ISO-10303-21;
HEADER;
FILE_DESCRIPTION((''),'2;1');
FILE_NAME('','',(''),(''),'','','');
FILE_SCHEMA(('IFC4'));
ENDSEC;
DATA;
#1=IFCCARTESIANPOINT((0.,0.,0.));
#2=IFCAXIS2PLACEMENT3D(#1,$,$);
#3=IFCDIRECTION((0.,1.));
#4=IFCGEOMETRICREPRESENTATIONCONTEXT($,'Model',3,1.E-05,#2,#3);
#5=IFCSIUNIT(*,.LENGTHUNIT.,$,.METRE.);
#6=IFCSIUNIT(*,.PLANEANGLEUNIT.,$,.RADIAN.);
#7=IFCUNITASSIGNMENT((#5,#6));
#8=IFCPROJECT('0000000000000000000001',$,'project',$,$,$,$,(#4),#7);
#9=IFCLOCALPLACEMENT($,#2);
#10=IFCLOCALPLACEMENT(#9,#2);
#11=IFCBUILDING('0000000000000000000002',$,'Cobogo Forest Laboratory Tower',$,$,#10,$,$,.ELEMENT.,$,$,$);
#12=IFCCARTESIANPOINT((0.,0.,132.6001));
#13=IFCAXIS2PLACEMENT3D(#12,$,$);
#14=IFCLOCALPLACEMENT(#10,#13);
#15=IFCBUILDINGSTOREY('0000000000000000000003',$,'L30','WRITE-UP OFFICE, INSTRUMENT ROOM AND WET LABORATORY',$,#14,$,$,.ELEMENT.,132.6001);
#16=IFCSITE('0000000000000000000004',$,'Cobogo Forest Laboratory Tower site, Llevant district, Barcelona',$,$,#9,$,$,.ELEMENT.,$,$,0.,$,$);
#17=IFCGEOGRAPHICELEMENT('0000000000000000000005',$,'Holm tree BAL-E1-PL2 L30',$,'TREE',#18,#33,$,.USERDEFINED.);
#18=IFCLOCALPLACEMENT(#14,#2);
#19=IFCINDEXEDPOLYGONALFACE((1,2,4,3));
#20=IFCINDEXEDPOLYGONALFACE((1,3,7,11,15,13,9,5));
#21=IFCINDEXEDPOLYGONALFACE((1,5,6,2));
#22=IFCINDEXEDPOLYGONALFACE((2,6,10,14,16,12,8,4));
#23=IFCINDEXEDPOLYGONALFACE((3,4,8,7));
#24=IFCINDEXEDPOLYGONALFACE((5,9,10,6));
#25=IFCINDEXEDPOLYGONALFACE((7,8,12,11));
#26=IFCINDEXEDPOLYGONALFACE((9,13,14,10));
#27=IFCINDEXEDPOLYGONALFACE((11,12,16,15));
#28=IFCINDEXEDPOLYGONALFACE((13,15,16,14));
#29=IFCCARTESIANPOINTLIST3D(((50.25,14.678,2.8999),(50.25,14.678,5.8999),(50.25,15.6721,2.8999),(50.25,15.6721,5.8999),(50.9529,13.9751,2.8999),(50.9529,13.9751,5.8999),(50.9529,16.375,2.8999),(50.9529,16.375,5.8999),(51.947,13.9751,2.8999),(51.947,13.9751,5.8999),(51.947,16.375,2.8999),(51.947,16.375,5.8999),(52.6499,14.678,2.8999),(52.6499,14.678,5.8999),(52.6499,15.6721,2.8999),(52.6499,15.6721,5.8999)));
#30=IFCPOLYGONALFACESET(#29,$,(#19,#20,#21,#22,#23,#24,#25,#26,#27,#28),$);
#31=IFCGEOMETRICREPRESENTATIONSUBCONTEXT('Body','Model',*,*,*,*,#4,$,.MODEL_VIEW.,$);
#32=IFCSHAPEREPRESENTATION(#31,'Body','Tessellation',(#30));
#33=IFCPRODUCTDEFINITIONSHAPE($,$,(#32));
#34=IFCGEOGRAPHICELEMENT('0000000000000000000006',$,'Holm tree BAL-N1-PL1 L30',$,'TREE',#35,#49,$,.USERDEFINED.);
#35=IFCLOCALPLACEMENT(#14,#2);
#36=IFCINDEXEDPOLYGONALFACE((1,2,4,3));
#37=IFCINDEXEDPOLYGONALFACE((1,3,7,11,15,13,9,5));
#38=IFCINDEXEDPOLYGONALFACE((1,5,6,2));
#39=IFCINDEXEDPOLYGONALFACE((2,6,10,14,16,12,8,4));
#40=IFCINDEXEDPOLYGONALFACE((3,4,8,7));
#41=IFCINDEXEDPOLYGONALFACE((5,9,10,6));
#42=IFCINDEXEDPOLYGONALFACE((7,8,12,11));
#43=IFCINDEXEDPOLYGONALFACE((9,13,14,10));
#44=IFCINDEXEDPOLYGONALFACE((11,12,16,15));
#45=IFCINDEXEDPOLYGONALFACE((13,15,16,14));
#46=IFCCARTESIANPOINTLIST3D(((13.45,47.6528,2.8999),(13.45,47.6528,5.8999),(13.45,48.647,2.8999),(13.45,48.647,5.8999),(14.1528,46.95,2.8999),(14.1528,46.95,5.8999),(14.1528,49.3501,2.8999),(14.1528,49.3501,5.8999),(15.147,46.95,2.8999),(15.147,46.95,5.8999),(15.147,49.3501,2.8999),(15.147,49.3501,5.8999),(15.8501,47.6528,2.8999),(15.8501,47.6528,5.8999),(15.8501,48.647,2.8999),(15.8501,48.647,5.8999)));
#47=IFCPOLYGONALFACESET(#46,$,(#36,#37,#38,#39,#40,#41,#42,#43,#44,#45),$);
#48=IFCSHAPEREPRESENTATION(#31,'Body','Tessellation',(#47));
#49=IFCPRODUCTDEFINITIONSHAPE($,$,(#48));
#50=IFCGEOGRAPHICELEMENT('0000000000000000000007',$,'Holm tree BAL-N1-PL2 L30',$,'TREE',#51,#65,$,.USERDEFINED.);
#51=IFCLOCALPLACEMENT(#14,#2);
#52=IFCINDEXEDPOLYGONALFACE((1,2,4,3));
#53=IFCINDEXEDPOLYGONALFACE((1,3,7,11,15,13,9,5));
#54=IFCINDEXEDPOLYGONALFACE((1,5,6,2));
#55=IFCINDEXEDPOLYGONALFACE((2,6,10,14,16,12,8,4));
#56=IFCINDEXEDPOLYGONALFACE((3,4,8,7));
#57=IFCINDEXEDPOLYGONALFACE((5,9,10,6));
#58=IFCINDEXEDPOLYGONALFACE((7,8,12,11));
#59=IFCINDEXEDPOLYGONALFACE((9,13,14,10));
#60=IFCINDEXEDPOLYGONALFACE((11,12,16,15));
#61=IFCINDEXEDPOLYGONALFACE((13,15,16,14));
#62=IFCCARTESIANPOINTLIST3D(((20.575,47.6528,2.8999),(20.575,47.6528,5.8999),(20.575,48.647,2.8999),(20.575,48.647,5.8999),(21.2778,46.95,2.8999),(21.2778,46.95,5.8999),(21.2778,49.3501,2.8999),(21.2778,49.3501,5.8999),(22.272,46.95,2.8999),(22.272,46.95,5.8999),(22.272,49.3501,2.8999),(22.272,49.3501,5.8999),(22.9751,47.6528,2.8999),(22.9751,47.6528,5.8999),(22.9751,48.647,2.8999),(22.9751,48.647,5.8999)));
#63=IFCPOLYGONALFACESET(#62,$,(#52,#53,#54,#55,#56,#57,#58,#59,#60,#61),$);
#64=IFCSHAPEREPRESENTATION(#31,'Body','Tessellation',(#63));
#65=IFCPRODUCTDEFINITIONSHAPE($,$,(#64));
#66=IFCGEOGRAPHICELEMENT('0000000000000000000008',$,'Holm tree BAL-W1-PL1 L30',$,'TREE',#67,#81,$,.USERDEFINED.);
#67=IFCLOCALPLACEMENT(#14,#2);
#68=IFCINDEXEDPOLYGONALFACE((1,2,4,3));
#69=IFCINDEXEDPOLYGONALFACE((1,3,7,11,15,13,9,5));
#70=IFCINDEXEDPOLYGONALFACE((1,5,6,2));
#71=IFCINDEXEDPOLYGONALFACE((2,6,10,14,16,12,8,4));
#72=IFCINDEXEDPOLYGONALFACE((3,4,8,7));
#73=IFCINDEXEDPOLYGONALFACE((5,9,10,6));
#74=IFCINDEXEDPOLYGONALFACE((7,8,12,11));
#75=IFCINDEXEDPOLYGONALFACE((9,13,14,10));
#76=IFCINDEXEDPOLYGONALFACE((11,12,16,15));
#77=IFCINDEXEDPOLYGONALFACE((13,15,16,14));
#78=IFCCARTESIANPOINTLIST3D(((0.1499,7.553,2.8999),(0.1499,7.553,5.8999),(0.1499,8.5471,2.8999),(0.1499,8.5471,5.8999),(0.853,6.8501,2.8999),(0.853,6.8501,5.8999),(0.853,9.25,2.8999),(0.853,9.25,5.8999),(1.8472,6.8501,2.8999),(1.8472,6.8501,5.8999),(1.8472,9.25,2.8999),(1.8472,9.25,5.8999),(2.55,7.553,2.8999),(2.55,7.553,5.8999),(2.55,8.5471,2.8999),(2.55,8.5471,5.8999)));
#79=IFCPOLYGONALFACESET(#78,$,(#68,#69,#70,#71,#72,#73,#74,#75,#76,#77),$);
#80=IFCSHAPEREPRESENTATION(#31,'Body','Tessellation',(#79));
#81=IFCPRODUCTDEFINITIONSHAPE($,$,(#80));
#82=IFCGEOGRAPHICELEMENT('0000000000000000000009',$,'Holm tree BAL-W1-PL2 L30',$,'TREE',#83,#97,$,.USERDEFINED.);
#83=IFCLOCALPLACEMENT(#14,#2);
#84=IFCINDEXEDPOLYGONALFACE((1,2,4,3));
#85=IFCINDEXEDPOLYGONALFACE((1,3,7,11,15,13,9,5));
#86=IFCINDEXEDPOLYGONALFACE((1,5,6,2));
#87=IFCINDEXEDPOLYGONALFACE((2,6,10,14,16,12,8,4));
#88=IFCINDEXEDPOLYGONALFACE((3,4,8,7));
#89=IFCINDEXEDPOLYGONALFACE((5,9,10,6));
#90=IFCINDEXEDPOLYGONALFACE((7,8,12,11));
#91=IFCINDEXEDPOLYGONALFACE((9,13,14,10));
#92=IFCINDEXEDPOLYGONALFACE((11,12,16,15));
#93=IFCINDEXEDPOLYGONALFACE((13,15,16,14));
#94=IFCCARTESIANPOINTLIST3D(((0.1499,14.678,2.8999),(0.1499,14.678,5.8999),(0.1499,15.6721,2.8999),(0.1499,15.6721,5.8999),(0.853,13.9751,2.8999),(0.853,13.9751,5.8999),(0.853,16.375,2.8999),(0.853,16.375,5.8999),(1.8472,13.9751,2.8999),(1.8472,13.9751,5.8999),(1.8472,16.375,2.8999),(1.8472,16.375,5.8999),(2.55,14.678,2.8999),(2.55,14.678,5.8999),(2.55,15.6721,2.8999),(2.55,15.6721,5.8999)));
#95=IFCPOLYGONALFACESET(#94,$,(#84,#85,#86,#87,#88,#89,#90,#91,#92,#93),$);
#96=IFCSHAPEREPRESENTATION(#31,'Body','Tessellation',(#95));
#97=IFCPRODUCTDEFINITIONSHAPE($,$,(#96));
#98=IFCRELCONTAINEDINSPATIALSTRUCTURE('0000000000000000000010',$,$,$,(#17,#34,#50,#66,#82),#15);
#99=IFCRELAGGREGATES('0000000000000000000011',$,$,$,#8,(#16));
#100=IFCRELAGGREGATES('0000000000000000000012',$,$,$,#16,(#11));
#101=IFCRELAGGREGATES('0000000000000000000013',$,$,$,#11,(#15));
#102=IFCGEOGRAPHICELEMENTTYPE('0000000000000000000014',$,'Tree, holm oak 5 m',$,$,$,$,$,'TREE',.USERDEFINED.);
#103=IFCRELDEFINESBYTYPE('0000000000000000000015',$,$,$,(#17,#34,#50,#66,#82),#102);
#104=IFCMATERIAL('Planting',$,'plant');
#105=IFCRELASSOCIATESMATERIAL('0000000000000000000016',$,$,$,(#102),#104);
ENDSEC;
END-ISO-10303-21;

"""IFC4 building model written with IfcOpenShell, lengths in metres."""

from ifc_helpers import new_model, si_unit, direction, frame, origin, place, context, subcontext, project, spatial, polyline, outline, extrude, material, type_object, element, save


model = new_model("IFC4")

# Units and contexts
model_context = context("Model", 3, precision=1e-05, world=origin(), true_north=direction((0.0, 1.0)))
body_context = subcontext(model_context, "Body", "Model", "MODEL_VIEW")
ifc_project = project(units=[si_unit("LENGTHUNIT", "METRE"), si_unit("PLANEANGLEUNIT", "RADIAN")], contexts=[model_context])

# Site, building, storey
site_placement = place(None, origin())
site = spatial("IfcSite", under=ifc_project, at=site_placement, Name="Cobogo Forest Laboratory Tower site, Llevant district, Barcelona", CompositionType="ELEMENT", RefElevation=0.0)
building_placement = place(site_placement, origin())
building = spatial("IfcBuilding", under=site, at=building_placement, Name="Cobogo Forest Laboratory Tower", CompositionType="ELEMENT")
storey_placement = place(building_placement, frame((0.0, 0.0, 132.6001)))
storey = spatial("IfcBuildingStorey", under=building, at=storey_placement, Name="L30", Description="WRITE-UP OFFICE, INSTRUMENT ROOM AND WET LABORATORY", CompositionType="ELEMENT", Elevation=132.6001)

# Geographic elements
ifc_material_1 = material(Name="Planting", Category="plant")
geographic_element_type = type_object("IfcGeographicElementType", Name="Tree, holm oak 5 m", ElementType="TREE", PredefinedType="USERDEFINED", material=ifc_material_1)
geographic_element_1_placement = place(storey_placement, frame((0.0, 0.0, 2.8999)))
element("IfcGeographicElement", 1, at=geographic_element_1_placement, inside=storey, type_object=geographic_element_type, Name="Holm tree BAL-E1-PL2 L30", ObjectType="TREE", PredefinedType="USERDEFINED", context=body_context, shape_type="SweptSolid", body=[
    extrude(outline(polyline([(52.6499, 14.678), (52.6499, 15.6721), (51.947, 16.375), (50.9529, 16.375), (50.25, 15.6721), (50.25, 14.678), (50.9529, 13.9751), (51.947, 13.9751), (52.6499, 14.678)])), origin(), (0.0, 0.0, 1.0), 3.0),
])
geographic_element_2_placement = place(storey_placement, frame((0.0, 0.0, 2.8999)))
element("IfcGeographicElement", 2, at=geographic_element_2_placement, inside=storey, type_object=geographic_element_type, Name="Holm tree BAL-N1-PL1 L30", ObjectType="TREE", PredefinedType="USERDEFINED", context=body_context, shape_type="SweptSolid", body=[
    extrude(outline(polyline([(15.8501, 47.6528), (15.8501, 48.647), (15.147, 49.3501), (14.1528, 49.3501), (13.45, 48.647), (13.45, 47.6528), (14.1528, 46.95), (15.147, 46.95), (15.8501, 47.6528)])), origin(), (0.0, 0.0, 1.0), 3.0),
])
geographic_element_3_placement = place(storey_placement, frame((0.0, 0.0, 2.8999)))
element("IfcGeographicElement", 3, at=geographic_element_3_placement, inside=storey, type_object=geographic_element_type, Name="Holm tree BAL-N1-PL2 L30", ObjectType="TREE", PredefinedType="USERDEFINED", context=body_context, shape_type="SweptSolid", body=[
    extrude(outline(polyline([(22.9751, 47.6528), (22.9751, 48.647), (22.272, 49.3501), (21.2778, 49.3501), (20.575, 48.647), (20.575, 47.6528), (21.2778, 46.95), (22.272, 46.95), (22.9751, 47.6528)])), origin(), (0.0, 0.0, 1.0), 3.0),
])
geographic_element_4_placement = place(storey_placement, frame((0.0, 0.0, 2.8999)))
element("IfcGeographicElement", 4, at=geographic_element_4_placement, inside=storey, type_object=geographic_element_type, Name="Holm tree BAL-W1-PL1 L30", ObjectType="TREE", PredefinedType="USERDEFINED", context=body_context, shape_type="SweptSolid", body=[
    extrude(outline(polyline([(2.55, 7.553), (2.55, 8.5471), (1.8472, 9.25), (0.853, 9.25), (0.1499, 8.5471), (0.1499, 7.553), (0.853, 6.8501), (1.8472, 6.8501), (2.55, 7.553)])), origin(), (0.0, 0.0, 1.0), 3.0),
])
geographic_element_5_placement = place(storey_placement, frame((0.0, 0.0, 2.8999)))
element("IfcGeographicElement", 5, at=geographic_element_5_placement, inside=storey, type_object=geographic_element_type, Name="Holm tree BAL-W1-PL2 L30", ObjectType="TREE", PredefinedType="USERDEFINED", context=body_context, shape_type="SweptSolid", body=[
    extrude(outline(polyline([(2.55, 14.678), (2.55, 15.6721), (1.8472, 16.375), (0.853, 16.375), (0.1499, 15.6721), (0.1499, 14.678), (0.853, 13.9751), (1.8472, 13.9751), (2.55, 14.678)])), origin(), (0.0, 0.0, 1.0), 3.0),
])

save(model, "model.ifc")
